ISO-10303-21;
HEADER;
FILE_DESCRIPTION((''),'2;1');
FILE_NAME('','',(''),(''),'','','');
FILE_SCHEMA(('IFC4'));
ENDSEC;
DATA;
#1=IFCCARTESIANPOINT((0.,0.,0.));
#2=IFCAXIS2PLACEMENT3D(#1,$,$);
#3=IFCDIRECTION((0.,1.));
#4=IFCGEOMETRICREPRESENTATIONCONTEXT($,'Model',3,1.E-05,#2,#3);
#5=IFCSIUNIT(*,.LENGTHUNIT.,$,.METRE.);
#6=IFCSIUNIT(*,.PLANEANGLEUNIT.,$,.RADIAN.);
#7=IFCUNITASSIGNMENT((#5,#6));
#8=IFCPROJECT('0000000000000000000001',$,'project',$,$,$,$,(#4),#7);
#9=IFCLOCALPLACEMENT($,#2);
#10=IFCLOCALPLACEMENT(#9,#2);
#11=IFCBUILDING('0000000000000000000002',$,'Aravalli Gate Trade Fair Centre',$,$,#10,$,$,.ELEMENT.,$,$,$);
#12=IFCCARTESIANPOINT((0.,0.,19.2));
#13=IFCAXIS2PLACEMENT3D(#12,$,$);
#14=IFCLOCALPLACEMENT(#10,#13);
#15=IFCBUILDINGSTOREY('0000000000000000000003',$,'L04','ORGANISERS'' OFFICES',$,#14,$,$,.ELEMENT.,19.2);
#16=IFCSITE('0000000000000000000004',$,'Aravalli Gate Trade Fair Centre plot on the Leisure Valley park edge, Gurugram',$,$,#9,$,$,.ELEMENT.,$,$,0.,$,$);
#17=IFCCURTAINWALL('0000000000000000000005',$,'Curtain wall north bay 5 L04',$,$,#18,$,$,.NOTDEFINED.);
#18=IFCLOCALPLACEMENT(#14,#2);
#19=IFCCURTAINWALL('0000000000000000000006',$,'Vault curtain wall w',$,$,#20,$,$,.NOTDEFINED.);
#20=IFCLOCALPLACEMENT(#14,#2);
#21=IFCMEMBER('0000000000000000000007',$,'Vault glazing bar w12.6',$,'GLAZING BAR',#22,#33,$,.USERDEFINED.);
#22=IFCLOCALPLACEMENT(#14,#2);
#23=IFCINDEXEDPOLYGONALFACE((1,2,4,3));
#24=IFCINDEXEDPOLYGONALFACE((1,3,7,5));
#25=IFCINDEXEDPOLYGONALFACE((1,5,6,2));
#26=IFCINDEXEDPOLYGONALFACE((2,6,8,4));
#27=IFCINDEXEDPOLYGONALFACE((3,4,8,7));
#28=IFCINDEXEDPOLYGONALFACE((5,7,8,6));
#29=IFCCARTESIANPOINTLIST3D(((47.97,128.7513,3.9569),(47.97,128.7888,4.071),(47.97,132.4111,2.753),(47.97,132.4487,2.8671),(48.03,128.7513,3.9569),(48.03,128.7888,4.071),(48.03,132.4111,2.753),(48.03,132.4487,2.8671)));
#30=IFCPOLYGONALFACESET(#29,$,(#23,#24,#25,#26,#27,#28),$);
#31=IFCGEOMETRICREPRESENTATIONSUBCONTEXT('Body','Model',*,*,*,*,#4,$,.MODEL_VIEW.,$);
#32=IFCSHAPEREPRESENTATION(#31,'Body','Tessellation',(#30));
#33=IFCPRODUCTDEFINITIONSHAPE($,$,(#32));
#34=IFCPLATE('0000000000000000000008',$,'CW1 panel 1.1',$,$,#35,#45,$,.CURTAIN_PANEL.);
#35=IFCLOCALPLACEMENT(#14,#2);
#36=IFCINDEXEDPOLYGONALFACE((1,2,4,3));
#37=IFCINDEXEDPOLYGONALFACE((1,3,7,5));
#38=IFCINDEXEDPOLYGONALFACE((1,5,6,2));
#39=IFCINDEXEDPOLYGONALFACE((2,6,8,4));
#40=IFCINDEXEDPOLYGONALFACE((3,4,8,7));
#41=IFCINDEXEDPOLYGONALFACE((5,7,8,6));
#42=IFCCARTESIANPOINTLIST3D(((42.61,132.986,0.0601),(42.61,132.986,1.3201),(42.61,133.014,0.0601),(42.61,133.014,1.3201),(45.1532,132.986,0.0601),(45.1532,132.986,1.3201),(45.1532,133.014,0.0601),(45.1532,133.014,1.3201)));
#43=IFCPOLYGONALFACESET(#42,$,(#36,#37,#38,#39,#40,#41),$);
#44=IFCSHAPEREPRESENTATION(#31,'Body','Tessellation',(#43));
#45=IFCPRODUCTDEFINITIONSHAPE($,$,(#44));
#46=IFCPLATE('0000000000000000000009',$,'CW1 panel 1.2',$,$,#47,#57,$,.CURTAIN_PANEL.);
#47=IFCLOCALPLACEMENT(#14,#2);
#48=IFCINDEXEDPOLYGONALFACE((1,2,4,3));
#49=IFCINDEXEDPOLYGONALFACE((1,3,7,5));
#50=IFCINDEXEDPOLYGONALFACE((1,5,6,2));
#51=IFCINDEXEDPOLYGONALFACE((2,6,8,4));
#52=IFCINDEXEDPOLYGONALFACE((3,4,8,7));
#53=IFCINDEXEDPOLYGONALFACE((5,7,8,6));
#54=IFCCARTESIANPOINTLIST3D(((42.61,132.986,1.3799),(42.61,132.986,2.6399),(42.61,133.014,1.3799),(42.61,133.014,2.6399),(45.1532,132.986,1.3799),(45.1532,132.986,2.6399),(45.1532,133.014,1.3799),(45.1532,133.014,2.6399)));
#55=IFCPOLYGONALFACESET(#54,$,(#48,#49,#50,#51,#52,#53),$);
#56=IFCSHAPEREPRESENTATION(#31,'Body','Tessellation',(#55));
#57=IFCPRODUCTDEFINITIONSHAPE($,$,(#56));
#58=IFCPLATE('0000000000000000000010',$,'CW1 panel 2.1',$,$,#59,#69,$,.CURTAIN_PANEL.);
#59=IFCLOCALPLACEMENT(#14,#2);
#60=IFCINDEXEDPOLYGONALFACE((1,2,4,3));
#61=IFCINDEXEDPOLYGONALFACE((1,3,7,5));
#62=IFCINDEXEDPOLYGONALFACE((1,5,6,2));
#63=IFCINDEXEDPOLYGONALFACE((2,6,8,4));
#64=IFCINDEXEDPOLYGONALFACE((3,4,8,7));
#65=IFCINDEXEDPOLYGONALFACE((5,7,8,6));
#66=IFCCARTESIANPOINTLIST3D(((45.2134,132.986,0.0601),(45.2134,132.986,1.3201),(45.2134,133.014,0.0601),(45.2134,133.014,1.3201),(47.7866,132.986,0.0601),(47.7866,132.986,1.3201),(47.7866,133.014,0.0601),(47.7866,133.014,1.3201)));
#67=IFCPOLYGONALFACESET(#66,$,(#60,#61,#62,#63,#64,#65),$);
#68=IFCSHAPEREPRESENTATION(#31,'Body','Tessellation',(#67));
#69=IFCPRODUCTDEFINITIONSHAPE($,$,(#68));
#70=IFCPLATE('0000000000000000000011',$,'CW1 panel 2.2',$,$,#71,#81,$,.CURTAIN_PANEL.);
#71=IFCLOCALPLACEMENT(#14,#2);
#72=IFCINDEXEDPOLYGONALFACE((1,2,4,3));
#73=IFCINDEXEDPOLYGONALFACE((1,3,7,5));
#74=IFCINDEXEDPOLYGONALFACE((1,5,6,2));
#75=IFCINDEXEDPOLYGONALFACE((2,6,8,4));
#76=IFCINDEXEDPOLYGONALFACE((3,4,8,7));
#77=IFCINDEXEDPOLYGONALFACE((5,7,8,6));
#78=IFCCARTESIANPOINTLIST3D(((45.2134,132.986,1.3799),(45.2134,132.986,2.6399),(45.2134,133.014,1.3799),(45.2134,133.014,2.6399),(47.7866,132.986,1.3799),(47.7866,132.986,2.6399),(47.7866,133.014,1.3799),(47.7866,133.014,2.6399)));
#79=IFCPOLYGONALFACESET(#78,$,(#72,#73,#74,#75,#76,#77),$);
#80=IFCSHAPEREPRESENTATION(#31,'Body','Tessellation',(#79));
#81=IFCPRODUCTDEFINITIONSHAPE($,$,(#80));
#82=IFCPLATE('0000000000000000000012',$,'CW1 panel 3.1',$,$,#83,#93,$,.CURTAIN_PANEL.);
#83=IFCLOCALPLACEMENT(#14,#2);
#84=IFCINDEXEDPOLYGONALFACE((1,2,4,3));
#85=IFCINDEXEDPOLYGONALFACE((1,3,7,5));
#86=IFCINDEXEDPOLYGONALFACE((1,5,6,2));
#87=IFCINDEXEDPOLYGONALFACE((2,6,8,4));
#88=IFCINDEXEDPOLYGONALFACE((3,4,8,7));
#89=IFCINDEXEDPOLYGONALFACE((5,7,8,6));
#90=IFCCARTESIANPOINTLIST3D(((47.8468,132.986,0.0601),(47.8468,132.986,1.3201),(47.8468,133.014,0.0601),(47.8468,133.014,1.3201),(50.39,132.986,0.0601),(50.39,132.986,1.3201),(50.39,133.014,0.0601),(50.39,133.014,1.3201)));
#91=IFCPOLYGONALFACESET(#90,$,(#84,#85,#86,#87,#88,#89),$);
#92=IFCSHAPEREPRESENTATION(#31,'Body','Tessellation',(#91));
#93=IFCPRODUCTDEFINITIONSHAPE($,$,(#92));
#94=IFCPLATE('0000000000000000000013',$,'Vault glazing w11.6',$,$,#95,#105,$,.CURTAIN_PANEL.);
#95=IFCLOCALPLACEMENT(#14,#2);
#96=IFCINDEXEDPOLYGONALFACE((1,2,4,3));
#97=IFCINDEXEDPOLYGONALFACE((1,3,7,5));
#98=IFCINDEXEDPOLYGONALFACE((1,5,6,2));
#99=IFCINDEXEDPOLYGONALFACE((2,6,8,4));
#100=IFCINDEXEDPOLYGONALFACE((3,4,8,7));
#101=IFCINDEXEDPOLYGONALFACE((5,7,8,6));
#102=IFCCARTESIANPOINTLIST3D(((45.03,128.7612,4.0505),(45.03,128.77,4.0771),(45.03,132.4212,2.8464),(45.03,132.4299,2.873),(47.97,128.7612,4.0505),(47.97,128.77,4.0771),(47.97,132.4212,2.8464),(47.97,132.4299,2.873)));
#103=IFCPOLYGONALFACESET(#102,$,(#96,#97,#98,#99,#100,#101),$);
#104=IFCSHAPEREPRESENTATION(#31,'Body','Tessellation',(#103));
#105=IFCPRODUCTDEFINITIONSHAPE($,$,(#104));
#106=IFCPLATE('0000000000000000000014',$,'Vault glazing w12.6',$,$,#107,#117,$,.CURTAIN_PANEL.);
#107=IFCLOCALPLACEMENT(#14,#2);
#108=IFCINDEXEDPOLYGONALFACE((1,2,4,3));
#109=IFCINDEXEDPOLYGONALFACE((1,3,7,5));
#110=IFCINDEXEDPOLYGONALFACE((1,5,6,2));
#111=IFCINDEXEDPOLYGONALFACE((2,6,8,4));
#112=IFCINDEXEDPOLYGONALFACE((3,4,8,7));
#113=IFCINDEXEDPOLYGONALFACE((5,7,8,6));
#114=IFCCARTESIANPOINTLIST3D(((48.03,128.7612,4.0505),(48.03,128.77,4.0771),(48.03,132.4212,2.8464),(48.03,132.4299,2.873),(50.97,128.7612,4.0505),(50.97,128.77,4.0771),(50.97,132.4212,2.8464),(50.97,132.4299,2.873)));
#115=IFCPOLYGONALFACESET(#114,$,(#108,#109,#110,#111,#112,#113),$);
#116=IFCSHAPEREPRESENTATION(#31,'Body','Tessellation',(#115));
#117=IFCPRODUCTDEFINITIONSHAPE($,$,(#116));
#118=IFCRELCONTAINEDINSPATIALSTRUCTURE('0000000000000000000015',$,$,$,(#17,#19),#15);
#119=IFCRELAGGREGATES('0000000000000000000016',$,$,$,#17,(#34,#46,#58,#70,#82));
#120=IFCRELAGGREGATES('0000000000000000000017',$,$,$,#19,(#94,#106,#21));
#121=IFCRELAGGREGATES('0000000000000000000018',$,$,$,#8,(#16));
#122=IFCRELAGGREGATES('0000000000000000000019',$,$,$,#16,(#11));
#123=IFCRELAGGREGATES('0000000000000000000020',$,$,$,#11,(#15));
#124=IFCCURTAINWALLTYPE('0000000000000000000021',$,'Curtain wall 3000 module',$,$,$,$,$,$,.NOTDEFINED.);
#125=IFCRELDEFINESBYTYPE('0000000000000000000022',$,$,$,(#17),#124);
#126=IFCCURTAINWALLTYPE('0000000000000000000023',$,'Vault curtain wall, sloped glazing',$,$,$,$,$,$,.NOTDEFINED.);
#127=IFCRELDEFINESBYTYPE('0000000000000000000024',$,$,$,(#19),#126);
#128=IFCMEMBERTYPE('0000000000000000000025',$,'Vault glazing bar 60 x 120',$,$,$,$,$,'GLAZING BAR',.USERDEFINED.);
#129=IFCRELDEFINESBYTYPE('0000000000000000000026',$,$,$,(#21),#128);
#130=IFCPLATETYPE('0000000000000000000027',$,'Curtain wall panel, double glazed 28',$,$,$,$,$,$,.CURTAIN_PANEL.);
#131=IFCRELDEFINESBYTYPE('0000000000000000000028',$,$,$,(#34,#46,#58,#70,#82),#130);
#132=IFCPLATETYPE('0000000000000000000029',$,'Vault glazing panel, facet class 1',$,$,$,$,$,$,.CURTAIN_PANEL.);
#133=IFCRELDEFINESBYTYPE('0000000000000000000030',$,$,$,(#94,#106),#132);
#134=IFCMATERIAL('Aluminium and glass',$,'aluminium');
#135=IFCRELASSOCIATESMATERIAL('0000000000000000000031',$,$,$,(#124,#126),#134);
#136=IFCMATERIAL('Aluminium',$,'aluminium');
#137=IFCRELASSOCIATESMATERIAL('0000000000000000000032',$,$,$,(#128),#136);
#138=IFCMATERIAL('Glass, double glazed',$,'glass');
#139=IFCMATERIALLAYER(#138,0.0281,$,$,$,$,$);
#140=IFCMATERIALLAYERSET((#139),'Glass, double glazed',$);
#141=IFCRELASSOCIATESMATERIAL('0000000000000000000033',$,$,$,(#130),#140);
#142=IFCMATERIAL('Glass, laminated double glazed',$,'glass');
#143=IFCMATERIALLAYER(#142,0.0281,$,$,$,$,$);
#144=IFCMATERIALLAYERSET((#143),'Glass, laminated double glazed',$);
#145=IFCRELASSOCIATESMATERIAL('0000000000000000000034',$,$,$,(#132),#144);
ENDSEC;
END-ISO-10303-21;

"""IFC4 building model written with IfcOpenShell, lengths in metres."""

from ifc_helpers import new_model, si_unit, direction, frame, origin, origin_2d, place, context, subcontext, project, spatial, polyline, rectangle, outline, extrude, material, layer, layer_set, material_profile, profile_set, type_object, element, aggregate, save


model = new_model("IFC4")

# Units and contexts
model_context = context("Model", 3, precision=1e-05, world=origin(), true_north=direction((0.0, 1.0)))
body_context = subcontext(model_context, "Body", "Model", "MODEL_VIEW")
ifc_project = project(units=[si_unit("LENGTHUNIT", "METRE"), si_unit("PLANEANGLEUNIT", "RADIAN")], contexts=[model_context])

# Site, building, storey
site_placement = place(None, origin())
site = spatial("IfcSite", under=ifc_project, at=site_placement, Name="Aravalli Gate Trade Fair Centre plot on the Leisure Valley park edge, Gurugram", CompositionType="ELEMENT", RefElevation=0.0)
building_placement = place(site_placement, origin())
building = spatial("IfcBuilding", under=site, at=building_placement, Name="Aravalli Gate Trade Fair Centre", CompositionType="ELEMENT")
storey_placement = place(building_placement, frame((0.0, 0.0, 19.2)))
storey = spatial("IfcBuildingStorey", under=building, at=storey_placement, Name="L04", Description="ORGANISERS' OFFICES", CompositionType="ELEMENT", Elevation=19.2)

# Curtain wall
ifc_material_1 = material(Name="Aluminium and glass", Category="aluminium")
curtain_wall_type_1 = type_object("IfcCurtainWallType", Name="Curtain wall 3000 module", PredefinedType="NOTDEFINED", material=ifc_material_1)
curtain_wall_1_placement = place(storey_placement, origin())
curtain_wall_1 = element("IfcCurtainWall", 1, at=curtain_wall_1_placement, inside=storey, type_object=curtain_wall_type_1, Name="Curtain wall north bay 5 L04", PredefinedType="NOTDEFINED")
ifc_material_2 = material(Name="Aluminium", Category="aluminium")

# Curtain wall, member
curtain_wall_type_2 = type_object("IfcCurtainWallType", Name="Vault curtain wall, sloped glazing", PredefinedType="NOTDEFINED", material=ifc_material_1)
curtain_wall_2_placement = place(storey_placement, origin())
curtain_wall_2 = element("IfcCurtainWall", 2, at=curtain_wall_2_placement, inside=storey, type_object=curtain_wall_type_2, Name="Vault curtain wall w", PredefinedType="NOTDEFINED")
ifc_material_profile_1 = material_profile(ifc_material_2, rectangle(XDim=0.0601, YDim=0.1201, at=origin_2d()), Name="Vault glazing bar 60 x 120")
ifc_profile_set_1 = profile_set([ifc_material_profile_1], Name="Aluminium")
member_type_1 = type_object("IfcMemberType", Name="Vault glazing bar 60 x 120", ElementType="GLAZING BAR", PredefinedType="USERDEFINED", material=ifc_profile_set_1)
member_1_placement = place(storey_placement, frame((48.0, 128.77, 4.0139), z_axis=(0.0, 0.94993, -0.312461), x_axis=(-1.0, 0.0, 0.0)))
member_1 = element("IfcMember", 3, at=member_1_placement, type_object=member_type_1, Name="Vault glazing bar w12.6", ObjectType="GLAZING BAR", PredefinedType="USERDEFINED", context=body_context, shape_type="SweptSolid", body=[
    extrude(rectangle(XDim=0.0601, YDim=0.1201, at=origin_2d()), origin(), (0.0, 0.0, 1.0), 3.8528),
])

# Plates
ifc_material_3 = material(Name="Glass, double glazed", Category="glass")
ifc_layer_1 = layer(ifc_material_3, 0.0281)
ifc_layer_set_1 = layer_set([ifc_layer_1], Name="Glass, double glazed")
plate_type_1 = type_object("IfcPlateType", Name="Curtain wall panel, double glazed 28", PredefinedType="CURTAIN_PANEL", material=ifc_layer_set_1)
plate_1_placement = place(storey_placement, frame((43.8816, 133.0, 0.0601), z_axis=(0.0, 0.0, 1.0), x_axis=(1.0, 0.0, 0.0)))
plate_1 = element("IfcPlate", 4, at=plate_1_placement, type_object=plate_type_1, Name="CW1 panel 1.1", PredefinedType="CURTAIN_PANEL", context=body_context, shape_type="SweptSolid", body=[
    extrude(rectangle(XDim=2.5432, YDim=0.0281, at=origin_2d()), origin(), (0.0, 0.0, 1.0), 1.26),
])
plate_2_placement = place(storey_placement, frame((43.8816, 133.0, 1.3799), z_axis=(0.0, 0.0, 1.0), x_axis=(1.0, 0.0, 0.0)))
plate_2 = element("IfcPlate", 5, at=plate_2_placement, type_object=plate_type_1, Name="CW1 panel 1.2", PredefinedType="CURTAIN_PANEL", context=body_context, shape_type="SweptSolid", body=[
    extrude(rectangle(XDim=2.5432, YDim=0.0281, at=origin_2d()), origin(), (0.0, 0.0, 1.0), 1.26),
])
plate_3_placement = place(storey_placement, frame((46.5, 133.0, 0.0601), z_axis=(0.0, 0.0, 1.0), x_axis=(1.0, 0.0, 0.0)))
plate_3 = element("IfcPlate", 6, at=plate_3_placement, type_object=plate_type_1, Name="CW1 panel 2.1", PredefinedType="CURTAIN_PANEL", context=body_context, shape_type="SweptSolid", body=[
    extrude(rectangle(XDim=2.5732, YDim=0.0281, at=origin_2d()), origin(), (0.0, 0.0, 1.0), 1.26),
])
plate_4_placement = place(storey_placement, frame((46.5, 133.0, 1.3799), z_axis=(0.0, 0.0, 1.0), x_axis=(1.0, 0.0, 0.0)))
plate_4 = element("IfcPlate", 7, at=plate_4_placement, type_object=plate_type_1, Name="CW1 panel 2.2", PredefinedType="CURTAIN_PANEL", context=body_context, shape_type="SweptSolid", body=[
    extrude(rectangle(XDim=2.5732, YDim=0.0281, at=origin_2d()), origin(), (0.0, 0.0, 1.0), 1.26),
])
plate_5_placement = place(storey_placement, frame((49.1184, 133.0, 0.0601), z_axis=(0.0, 0.0, 1.0), x_axis=(1.0, 0.0, 0.0)))
plate_5 = element("IfcPlate", 8, at=plate_5_placement, type_object=plate_type_1, Name="CW1 panel 3.1", PredefinedType="CURTAIN_PANEL", context=body_context, shape_type="SweptSolid", body=[
    extrude(rectangle(XDim=2.5432, YDim=0.0281, at=origin_2d()), origin(), (0.0, 0.0, 1.0), 1.26),
])
aggregate(curtain_wall_1, [plate_1, plate_2, plate_3, plate_4, plate_5])
ifc_material_4 = material(Name="Glass, laminated double glazed", Category="glass")
ifc_layer_2 = layer(ifc_material_4, 0.0281)
ifc_layer_set_2 = layer_set([ifc_layer_2], Name="Glass, laminated double glazed")
plate_type_2 = type_object("IfcPlateType", Name="Vault glazing panel, facet class 1", PredefinedType="CURTAIN_PANEL", material=ifc_layer_set_2)
plate_6_placement = place(storey_placement, frame((45.03, 128.77, 4.0771), z_axis=(0.0, 0.312518, 0.949912), x_axis=(1.0, 0.0, 0.0)))
plate_6 = element("IfcPlate", 9, at=plate_6_placement, type_object=plate_type_2, Name="Vault glazing w11.6", PredefinedType="CURTAIN_PANEL", context=body_context, shape_type="SweptSolid", body=[
    extrude(outline(polyline([(0.0, 0.0), (2.9399, 0.0), (2.9399, 3.8529), (0.0, 3.8529), (0.0, 0.0)])), origin(), (0.0, 0.0, -1.0), 0.0281),
])
plate_7_placement = place(storey_placement, frame((48.03, 128.77, 4.0771), z_axis=(0.0, 0.312518, 0.949912), x_axis=(1.0, 0.0, 0.0)))
plate_7 = element("IfcPlate", 10, at=plate_7_placement, type_object=plate_type_2, Name="Vault glazing w12.6", PredefinedType="CURTAIN_PANEL", context=body_context, shape_type="SweptSolid", body=[
    extrude(outline(polyline([(0.0, 0.0), (2.9399, 0.0), (2.9399, 3.8529), (0.0, 3.8529), (0.0, 0.0)])), origin(), (0.0, 0.0, -1.0), 0.0281),
])
aggregate(curtain_wall_2, [plate_6, plate_7, member_1])

save(model, "model.ifc")
